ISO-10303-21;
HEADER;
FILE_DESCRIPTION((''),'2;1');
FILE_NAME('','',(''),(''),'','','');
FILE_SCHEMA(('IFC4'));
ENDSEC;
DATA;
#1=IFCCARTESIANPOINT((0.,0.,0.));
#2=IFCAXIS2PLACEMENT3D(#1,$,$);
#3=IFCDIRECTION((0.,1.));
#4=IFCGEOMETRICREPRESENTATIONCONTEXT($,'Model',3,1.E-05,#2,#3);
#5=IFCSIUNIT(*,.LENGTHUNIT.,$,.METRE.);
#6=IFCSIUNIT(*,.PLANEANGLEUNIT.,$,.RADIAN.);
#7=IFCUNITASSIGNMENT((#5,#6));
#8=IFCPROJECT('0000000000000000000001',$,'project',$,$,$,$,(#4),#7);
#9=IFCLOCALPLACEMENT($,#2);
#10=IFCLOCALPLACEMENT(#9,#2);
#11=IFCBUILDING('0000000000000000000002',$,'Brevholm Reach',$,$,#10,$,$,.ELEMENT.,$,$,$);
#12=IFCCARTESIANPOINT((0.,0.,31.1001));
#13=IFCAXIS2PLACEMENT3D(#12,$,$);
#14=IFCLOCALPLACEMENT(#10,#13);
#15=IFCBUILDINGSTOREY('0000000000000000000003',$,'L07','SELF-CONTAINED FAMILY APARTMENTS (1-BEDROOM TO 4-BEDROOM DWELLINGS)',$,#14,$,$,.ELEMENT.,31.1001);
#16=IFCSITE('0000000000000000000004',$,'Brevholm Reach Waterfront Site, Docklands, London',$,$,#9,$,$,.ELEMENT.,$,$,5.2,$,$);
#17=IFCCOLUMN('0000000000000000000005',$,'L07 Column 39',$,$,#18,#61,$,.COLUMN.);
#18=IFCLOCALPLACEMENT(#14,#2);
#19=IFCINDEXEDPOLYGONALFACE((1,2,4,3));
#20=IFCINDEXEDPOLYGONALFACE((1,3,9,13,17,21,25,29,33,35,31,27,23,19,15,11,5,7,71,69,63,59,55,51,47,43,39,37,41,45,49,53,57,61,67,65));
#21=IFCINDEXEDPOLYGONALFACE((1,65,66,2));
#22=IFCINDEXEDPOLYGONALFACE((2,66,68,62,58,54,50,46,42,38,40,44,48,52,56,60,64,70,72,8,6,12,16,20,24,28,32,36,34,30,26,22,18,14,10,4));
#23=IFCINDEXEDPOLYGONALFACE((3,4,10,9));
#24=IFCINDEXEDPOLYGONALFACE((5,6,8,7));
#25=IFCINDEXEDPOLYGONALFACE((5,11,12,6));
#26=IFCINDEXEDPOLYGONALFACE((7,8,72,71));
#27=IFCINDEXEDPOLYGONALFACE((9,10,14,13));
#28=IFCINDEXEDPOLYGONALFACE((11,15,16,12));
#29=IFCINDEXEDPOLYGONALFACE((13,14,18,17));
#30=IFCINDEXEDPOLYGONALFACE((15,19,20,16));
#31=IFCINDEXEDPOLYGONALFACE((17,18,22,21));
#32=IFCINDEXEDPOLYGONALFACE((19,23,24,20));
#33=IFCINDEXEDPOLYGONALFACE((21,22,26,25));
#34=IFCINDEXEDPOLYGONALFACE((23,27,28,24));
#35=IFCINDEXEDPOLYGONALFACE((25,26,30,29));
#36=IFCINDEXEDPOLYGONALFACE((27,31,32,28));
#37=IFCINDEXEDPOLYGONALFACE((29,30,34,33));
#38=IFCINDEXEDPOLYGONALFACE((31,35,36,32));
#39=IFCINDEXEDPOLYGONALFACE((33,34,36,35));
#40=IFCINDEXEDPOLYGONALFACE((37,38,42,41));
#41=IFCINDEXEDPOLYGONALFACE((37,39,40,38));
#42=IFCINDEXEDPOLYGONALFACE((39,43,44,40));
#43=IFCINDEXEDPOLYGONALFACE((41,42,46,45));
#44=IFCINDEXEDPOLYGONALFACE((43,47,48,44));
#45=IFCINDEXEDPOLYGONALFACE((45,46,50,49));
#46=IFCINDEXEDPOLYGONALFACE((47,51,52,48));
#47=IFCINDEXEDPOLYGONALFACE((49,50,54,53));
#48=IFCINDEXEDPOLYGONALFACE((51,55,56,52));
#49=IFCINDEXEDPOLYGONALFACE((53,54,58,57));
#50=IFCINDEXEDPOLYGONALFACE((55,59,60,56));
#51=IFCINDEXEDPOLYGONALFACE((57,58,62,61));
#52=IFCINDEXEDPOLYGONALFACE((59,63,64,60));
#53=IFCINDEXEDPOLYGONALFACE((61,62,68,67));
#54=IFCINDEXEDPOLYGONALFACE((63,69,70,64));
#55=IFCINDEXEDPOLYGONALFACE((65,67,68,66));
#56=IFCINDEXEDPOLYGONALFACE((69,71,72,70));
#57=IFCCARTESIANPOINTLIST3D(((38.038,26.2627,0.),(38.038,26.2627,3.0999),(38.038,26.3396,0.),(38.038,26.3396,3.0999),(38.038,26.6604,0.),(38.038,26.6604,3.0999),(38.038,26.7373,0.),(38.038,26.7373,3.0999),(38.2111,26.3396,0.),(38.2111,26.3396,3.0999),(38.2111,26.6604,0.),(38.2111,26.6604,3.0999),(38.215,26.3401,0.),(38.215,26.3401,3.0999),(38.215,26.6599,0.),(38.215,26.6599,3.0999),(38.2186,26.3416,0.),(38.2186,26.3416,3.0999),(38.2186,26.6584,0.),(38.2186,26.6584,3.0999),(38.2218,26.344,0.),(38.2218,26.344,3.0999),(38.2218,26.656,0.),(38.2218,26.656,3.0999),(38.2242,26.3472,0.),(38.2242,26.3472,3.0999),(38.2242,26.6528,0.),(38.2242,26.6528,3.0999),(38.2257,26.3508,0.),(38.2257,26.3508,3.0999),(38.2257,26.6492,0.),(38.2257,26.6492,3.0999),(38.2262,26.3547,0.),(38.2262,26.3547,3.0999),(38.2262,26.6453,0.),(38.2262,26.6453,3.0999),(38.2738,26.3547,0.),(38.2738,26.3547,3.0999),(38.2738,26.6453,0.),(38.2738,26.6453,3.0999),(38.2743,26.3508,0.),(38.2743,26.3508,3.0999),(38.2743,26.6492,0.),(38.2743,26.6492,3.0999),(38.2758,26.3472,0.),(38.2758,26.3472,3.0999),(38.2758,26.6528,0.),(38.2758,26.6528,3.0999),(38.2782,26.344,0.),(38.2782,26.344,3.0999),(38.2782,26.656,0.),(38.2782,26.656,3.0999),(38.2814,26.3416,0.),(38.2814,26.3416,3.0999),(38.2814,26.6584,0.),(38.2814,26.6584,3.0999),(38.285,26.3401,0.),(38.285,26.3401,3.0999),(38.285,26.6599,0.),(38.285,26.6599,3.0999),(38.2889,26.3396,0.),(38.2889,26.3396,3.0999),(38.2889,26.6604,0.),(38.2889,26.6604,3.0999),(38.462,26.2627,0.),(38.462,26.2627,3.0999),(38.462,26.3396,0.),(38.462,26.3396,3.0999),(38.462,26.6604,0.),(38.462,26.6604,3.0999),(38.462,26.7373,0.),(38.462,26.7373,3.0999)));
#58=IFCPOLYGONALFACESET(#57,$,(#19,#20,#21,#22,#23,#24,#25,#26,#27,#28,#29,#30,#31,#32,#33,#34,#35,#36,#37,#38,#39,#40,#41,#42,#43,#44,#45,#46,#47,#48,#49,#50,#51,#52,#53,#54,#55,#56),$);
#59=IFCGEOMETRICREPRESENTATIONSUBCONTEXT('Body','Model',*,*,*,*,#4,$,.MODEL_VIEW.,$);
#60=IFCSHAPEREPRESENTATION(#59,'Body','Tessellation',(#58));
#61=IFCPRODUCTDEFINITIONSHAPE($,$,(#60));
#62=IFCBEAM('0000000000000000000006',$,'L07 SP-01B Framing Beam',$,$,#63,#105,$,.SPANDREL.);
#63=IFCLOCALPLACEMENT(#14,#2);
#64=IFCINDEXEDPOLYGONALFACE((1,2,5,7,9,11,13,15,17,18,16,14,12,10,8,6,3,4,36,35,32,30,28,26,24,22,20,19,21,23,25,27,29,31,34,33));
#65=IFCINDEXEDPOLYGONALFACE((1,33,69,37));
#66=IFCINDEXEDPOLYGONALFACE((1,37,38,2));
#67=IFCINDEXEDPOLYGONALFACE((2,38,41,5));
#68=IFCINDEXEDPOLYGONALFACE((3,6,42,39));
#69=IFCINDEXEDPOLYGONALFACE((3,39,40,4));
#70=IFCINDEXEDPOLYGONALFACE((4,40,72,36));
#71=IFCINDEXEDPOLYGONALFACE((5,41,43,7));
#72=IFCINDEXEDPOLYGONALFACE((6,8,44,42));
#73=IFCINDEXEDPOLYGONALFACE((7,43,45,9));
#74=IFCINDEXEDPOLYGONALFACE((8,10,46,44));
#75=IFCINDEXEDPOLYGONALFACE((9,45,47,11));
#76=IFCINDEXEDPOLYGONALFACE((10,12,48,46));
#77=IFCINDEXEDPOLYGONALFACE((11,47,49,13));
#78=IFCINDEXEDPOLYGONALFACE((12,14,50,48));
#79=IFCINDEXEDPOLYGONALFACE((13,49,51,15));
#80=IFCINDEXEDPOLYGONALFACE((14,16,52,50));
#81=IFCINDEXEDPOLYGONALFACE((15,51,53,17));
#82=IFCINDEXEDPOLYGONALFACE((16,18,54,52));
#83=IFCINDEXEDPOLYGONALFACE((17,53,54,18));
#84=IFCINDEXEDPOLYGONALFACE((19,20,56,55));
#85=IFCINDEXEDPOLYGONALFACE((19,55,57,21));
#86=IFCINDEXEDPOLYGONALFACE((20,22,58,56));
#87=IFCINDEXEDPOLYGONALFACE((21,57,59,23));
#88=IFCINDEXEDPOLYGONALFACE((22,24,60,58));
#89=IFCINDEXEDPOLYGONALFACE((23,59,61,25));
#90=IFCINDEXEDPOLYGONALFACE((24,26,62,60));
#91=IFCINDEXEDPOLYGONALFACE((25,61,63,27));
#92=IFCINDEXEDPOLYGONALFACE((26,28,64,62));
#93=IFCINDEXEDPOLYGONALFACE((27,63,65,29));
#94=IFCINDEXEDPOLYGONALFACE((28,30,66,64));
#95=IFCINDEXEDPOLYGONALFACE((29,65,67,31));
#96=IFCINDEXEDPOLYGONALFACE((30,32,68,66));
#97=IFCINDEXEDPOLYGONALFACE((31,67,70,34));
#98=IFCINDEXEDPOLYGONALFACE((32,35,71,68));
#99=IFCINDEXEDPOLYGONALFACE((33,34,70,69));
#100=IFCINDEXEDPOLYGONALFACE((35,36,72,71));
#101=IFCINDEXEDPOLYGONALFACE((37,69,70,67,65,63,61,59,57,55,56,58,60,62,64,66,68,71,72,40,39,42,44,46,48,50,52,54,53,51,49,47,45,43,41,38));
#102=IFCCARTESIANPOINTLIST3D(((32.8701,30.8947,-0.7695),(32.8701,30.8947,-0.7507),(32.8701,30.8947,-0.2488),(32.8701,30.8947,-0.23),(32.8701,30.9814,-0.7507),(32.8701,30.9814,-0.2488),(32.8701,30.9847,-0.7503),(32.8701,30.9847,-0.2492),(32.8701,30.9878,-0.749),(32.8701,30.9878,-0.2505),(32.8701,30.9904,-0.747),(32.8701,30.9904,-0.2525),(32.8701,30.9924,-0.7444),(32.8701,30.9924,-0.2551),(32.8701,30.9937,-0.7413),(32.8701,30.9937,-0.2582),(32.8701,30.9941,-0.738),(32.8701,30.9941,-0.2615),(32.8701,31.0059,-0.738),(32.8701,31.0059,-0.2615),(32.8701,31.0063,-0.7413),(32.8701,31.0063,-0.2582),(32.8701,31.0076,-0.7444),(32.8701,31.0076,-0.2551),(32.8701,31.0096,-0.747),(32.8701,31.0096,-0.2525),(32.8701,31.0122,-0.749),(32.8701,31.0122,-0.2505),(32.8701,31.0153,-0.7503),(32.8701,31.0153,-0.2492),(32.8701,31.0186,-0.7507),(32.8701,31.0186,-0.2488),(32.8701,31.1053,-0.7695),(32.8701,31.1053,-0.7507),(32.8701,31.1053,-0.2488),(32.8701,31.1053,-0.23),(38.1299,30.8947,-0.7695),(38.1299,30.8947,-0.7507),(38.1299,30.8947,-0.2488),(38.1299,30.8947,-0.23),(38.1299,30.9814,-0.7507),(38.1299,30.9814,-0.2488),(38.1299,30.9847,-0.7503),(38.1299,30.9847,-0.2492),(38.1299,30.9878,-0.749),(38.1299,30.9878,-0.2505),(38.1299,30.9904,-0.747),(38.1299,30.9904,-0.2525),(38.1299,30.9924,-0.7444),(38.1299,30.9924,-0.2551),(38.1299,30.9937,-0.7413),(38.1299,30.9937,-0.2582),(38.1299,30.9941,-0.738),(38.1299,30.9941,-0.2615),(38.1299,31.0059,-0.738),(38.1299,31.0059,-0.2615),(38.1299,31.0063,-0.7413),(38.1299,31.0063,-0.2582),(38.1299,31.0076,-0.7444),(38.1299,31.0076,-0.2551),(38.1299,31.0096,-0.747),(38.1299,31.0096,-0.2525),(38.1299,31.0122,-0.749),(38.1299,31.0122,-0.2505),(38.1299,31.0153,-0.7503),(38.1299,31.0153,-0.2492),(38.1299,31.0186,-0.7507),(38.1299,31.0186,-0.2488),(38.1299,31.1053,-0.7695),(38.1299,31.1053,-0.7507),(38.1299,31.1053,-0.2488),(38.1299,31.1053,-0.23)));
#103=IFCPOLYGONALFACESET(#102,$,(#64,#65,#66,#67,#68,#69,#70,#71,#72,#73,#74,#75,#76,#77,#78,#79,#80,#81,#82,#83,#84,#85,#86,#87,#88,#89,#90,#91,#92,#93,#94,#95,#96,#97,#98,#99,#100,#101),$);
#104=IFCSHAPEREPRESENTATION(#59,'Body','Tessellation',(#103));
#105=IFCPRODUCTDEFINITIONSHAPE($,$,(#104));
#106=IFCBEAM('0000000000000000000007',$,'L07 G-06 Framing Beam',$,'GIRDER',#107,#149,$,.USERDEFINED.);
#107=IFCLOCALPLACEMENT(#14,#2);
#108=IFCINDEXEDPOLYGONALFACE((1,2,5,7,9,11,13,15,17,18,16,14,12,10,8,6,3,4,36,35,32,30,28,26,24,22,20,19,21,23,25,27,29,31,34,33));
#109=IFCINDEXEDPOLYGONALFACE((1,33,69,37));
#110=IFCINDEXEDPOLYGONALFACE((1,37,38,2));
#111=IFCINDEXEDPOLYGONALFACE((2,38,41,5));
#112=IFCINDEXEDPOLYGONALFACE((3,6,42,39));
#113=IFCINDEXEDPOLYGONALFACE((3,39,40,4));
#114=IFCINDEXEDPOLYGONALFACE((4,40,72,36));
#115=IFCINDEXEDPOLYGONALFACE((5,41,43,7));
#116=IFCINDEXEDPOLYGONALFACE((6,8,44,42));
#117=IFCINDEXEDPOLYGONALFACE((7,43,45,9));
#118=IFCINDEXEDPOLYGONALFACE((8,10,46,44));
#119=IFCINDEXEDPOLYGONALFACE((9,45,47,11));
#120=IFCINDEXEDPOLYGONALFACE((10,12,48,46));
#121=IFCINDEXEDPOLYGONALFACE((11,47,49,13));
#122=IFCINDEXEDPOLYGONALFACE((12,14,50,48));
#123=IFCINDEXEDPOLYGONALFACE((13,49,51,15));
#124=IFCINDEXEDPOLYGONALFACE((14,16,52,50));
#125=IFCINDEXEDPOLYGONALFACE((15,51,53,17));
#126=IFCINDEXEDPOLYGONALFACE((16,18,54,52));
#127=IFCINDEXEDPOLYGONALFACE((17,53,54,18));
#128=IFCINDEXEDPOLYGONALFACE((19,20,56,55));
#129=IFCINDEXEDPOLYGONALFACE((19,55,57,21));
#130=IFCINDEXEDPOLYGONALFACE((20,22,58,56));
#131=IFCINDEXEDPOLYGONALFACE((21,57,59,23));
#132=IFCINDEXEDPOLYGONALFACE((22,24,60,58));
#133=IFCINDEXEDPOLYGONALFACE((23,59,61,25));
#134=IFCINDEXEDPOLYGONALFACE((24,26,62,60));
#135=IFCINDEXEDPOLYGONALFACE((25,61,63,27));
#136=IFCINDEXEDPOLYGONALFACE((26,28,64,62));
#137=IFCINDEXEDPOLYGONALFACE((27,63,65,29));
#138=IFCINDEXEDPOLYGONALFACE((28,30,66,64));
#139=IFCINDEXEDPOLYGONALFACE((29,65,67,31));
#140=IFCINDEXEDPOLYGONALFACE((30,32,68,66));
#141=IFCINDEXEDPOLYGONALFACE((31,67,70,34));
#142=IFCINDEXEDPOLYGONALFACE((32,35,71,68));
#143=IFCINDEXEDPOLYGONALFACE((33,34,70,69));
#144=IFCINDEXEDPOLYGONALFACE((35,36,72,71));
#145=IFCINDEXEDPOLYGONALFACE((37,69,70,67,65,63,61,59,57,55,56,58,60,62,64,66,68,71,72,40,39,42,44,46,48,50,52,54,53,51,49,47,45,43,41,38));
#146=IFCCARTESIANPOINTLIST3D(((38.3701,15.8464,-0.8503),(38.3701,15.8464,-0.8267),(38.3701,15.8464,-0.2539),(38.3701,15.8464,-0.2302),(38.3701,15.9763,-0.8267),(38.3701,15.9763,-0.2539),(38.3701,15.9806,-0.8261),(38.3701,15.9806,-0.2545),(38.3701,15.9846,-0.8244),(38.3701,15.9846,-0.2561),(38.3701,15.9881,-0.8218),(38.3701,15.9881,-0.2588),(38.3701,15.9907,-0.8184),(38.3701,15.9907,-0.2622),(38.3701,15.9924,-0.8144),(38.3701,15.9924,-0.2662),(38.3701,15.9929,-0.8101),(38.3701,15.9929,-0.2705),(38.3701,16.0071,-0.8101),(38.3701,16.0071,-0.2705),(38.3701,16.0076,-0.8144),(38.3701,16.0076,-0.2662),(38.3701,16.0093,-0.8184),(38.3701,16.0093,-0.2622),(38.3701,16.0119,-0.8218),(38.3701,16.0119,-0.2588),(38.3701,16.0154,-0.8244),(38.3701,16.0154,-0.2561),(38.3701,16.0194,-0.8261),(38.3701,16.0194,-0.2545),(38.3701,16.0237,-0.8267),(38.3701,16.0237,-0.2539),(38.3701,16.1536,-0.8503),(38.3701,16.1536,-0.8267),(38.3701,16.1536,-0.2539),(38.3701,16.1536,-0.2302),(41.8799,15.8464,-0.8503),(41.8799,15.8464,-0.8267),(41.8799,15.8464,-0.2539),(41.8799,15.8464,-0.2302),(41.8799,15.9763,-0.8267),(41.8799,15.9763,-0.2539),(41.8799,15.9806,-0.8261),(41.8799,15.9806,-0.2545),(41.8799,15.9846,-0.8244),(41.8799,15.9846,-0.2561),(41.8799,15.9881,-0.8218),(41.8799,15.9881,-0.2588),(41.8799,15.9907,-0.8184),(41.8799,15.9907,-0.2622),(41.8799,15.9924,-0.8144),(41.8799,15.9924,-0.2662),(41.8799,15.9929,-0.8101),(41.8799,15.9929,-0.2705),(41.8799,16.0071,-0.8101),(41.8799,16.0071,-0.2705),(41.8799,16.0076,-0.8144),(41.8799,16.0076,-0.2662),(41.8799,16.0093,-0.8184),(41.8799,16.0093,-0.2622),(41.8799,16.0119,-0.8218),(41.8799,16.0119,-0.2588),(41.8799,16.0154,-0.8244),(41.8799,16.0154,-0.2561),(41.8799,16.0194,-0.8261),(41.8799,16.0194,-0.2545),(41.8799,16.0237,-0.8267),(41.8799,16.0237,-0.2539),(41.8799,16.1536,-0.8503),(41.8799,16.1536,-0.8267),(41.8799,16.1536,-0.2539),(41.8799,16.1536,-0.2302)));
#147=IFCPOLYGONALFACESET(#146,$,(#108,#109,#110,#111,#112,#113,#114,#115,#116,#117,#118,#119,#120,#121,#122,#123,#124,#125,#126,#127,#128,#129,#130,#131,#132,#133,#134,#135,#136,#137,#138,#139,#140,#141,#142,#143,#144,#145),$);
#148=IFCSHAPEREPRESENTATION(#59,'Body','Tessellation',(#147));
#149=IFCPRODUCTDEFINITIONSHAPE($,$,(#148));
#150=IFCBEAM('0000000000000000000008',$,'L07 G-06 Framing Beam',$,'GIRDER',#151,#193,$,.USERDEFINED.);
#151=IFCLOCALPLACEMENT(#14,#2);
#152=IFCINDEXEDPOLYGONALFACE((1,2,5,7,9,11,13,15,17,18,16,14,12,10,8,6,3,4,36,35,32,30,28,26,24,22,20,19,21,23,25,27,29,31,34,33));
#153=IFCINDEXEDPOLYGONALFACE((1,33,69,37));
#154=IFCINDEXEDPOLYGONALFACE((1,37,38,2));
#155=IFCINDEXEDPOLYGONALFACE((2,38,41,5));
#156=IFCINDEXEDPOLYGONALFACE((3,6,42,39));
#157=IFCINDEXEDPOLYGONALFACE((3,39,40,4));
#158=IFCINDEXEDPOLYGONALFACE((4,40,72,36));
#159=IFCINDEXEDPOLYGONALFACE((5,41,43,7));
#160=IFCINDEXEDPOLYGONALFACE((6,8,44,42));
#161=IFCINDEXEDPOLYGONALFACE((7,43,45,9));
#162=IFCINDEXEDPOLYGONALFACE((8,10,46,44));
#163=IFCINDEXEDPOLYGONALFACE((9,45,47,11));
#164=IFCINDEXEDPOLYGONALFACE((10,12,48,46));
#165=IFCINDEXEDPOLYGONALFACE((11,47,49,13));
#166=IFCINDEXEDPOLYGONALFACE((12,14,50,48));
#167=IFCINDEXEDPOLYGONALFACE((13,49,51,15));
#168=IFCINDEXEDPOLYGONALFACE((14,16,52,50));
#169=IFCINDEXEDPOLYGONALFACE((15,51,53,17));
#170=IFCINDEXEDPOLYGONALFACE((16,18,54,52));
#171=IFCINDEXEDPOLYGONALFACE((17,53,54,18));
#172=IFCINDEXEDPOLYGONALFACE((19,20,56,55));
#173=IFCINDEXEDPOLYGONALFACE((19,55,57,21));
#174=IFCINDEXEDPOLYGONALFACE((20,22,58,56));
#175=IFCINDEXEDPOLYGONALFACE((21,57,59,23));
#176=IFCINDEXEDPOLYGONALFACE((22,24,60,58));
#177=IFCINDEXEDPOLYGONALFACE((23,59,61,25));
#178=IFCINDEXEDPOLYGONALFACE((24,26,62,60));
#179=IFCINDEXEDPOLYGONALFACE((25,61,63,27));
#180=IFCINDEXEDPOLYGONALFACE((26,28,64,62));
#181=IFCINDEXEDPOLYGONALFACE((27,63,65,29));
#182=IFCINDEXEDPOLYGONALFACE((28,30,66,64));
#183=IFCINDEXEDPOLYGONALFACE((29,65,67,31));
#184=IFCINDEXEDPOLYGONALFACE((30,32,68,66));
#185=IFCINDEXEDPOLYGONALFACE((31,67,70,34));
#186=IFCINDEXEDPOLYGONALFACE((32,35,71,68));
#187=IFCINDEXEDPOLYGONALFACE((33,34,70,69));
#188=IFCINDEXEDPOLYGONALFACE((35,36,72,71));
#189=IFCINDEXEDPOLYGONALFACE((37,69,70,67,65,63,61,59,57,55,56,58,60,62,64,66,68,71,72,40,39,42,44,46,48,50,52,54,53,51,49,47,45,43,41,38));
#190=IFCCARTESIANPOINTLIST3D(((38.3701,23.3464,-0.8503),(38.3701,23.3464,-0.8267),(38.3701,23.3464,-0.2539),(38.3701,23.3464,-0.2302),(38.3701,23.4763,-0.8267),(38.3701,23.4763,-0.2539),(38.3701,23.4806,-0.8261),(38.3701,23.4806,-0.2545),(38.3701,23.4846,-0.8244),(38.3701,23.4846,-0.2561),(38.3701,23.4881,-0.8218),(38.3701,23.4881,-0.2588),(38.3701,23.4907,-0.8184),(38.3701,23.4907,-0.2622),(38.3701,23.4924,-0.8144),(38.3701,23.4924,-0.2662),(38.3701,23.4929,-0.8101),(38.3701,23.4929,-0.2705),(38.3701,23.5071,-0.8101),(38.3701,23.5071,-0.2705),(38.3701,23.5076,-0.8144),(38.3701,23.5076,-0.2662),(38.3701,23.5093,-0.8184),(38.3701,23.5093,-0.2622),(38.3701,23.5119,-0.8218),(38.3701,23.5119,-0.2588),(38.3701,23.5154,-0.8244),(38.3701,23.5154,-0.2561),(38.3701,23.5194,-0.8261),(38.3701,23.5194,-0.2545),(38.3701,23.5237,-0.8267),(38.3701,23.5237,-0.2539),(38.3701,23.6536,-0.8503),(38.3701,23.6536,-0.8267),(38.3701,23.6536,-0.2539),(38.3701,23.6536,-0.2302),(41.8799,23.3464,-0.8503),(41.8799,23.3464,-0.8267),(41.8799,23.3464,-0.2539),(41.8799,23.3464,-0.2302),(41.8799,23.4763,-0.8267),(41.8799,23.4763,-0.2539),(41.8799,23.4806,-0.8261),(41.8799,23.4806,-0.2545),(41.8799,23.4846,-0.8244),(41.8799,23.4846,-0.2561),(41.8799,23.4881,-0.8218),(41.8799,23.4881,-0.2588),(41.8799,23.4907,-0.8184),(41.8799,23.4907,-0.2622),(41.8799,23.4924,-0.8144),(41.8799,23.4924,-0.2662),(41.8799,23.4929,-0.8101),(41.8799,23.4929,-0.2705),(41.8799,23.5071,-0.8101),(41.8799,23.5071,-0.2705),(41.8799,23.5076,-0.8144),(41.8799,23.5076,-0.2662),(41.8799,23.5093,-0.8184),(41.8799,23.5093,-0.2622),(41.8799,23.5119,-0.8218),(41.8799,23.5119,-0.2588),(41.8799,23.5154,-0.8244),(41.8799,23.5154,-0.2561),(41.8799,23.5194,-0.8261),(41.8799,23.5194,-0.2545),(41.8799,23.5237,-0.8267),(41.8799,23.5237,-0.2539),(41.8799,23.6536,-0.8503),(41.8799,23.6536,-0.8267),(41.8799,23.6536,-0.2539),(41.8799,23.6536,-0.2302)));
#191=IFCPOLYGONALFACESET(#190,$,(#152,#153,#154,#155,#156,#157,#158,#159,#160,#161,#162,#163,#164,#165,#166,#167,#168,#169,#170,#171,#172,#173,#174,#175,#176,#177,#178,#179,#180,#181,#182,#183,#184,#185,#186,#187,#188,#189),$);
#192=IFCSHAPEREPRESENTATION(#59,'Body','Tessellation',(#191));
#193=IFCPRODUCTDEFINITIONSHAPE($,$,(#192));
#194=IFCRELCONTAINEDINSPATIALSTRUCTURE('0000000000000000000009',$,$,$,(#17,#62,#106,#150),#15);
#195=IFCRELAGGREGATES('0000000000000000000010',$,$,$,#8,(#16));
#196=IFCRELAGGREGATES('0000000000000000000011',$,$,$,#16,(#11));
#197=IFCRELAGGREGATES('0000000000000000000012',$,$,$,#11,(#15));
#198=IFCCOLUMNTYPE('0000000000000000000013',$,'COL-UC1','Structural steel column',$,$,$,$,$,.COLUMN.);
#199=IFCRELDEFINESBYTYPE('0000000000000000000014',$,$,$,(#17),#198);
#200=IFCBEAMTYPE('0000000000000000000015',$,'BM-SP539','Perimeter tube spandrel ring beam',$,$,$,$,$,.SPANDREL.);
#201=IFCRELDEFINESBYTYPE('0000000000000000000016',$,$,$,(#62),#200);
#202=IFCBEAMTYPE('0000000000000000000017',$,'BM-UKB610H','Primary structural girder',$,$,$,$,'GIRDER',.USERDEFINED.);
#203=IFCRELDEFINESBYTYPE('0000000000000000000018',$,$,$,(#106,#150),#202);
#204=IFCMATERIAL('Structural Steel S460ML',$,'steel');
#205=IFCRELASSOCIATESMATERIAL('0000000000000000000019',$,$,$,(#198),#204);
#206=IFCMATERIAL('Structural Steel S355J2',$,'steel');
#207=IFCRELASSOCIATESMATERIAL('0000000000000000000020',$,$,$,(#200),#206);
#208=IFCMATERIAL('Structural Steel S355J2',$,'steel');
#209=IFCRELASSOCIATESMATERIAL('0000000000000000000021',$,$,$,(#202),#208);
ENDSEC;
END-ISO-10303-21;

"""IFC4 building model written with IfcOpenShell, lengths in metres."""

from ifc_helpers import new_model, si_unit, direction, frame, origin, origin_2d, place, context, subcontext, project, spatial, i_section, extrude, material, material_profile, profile_set, type_object, element, save


model = new_model("IFC4")

# Units and contexts
model_context = context("Model", 3, precision=1e-05, world=origin(), true_north=direction((0.0, 1.0)))
body_context = subcontext(model_context, "Body", "Model", "MODEL_VIEW")
ifc_project = project(units=[si_unit("LENGTHUNIT", "METRE"), si_unit("PLANEANGLEUNIT", "RADIAN")], contexts=[model_context])

# Site, building, storey
site_placement = place(None, origin())
site = spatial("IfcSite", under=ifc_project, at=site_placement, Name="Brevholm Reach Waterfront Site, Docklands, London", CompositionType="ELEMENT", RefElevation=5.2)
building_placement = place(site_placement, origin())
building = spatial("IfcBuilding", under=site, at=building_placement, Name="Brevholm Reach", CompositionType="ELEMENT")
storey_placement = place(building_placement, frame((0.0, 0.0, 31.1001)))
storey = spatial("IfcBuildingStorey", under=building, at=storey_placement, Name="L07", Description="SELF-CONTAINED FAMILY APARTMENTS (1-BEDROOM TO 4-BEDROOM DWELLINGS)", CompositionType="ELEMENT", Elevation=31.1001)

# Column
ifc_material_1 = material(Name="Structural Steel S460ML", Category="steel")
ifc_material_profile_1 = material_profile(ifc_material_1, i_section(OverallWidth=0.4241, OverallDepth=0.4746, WebThickness=0.0476, FlangeThickness=0.0769, FilletRadius=0.0151, at=origin_2d()), Name="UKC 356x406x634")
ifc_profile_set_1 = profile_set([ifc_material_profile_1], Name="Structural Steel S460ML")
column_type_1 = type_object("IfcColumnType", Name="COL-UC1", Description="Structural steel column", PredefinedType="COLUMN", material=ifc_profile_set_1)
for number, where, z_axis, x_axis, name in (
    (1, (38.25, 26.5, 0.0), (0.0, 0.0, 1.0), (1.0, 0.0, 0.0), "L07 Column 39"),
):
    element("IfcColumn", number, at=place(storey_placement, frame(where, z_axis=z_axis, x_axis=x_axis)), inside=storey, type_object=column_type_1, Name=name, PredefinedType="COLUMN", context=body_context, shape_type="SweptSolid", body=[
        extrude(i_section(OverallWidth=0.4241, OverallDepth=0.4746, WebThickness=0.0476, FlangeThickness=0.0769, FilletRadius=0.0151, at=origin_2d()), origin(), (0.0, 0.0, 1.0), 3.0999),
    ])

# Beams
ifc_material_2 = material(Name="Structural Steel S355J2", Category="steel")
ifc_material_profile_2 = material_profile(ifc_material_2, i_section(OverallWidth=0.2107, OverallDepth=0.5396, WebThickness=0.0117, FlangeThickness=0.0188, FilletRadius=0.0127, at=origin_2d()), Name="UKB 533x210x109")
ifc_profile_set_2 = profile_set([ifc_material_profile_2], Name="Structural Steel S355J2")
beam_type_1 = type_object("IfcBeamType", Name="BM-SP539", Description="Perimeter tube spandrel ring beam", PredefinedType="SPANDREL", material=ifc_profile_set_2)
beam_1_placement = place(storey_placement, frame((32.8701, 31.0, -0.4998), z_axis=(1.0, 0.0, 0.0), x_axis=(0.0, 1.0, 0.0)))
element("IfcBeam", 2, at=beam_1_placement, inside=storey, type_object=beam_type_1, Name="L07 SP-01B Framing Beam", PredefinedType="SPANDREL", context=body_context, shape_type="SweptSolid", body=[
    extrude(i_section(OverallWidth=0.2107, OverallDepth=0.5396, WebThickness=0.0117, FlangeThickness=0.0188, FilletRadius=0.0127, at=origin_2d()), origin(), (0.0, 0.0, 1.0), 5.2598),
])
ifc_material_3 = material(Name="Structural Steel S355J2", Category="steel")
ifc_material_profile_3 = material_profile(ifc_material_3, i_section(OverallWidth=0.3071, OverallDepth=0.6201, WebThickness=0.0142, FlangeThickness=0.0237, FilletRadius=0.0166, at=origin_2d()), Name="UKB 610x305x179")
ifc_profile_set_3 = profile_set([ifc_material_profile_3], Name="Structural Steel S355J2")
beam_type_2 = type_object("IfcBeamType", Name="BM-UKB610H", Description="Primary structural girder", ElementType="GIRDER", PredefinedType="USERDEFINED", material=ifc_profile_set_3)
for number, where, z_axis, x_axis, name in (
    (3, (38.3701, 16.0, -0.5403), (1.0, 0.0, 0.0), (0.0, 1.0, 0.0), "L07 G-06 Framing Beam"),
    (4, (38.3701, 23.5, -0.5403), (1.0, 0.0, 0.0), (0.0, 1.0, 0.0), "L07 G-06 Framing Beam"),
):
    element("IfcBeam", number, at=place(storey_placement, frame(where, z_axis=z_axis, x_axis=x_axis)), inside=storey, type_object=beam_type_2, Name=name, ObjectType="GIRDER", PredefinedType="USERDEFINED", context=body_context, shape_type="SweptSolid", body=[
        extrude(i_section(OverallWidth=0.3071, OverallDepth=0.6201, WebThickness=0.0142, FlangeThickness=0.0237, FilletRadius=0.0166, at=origin_2d()), origin(), (0.0, 0.0, 1.0), 3.5098),
    ])

save(model, "model.ifc")
